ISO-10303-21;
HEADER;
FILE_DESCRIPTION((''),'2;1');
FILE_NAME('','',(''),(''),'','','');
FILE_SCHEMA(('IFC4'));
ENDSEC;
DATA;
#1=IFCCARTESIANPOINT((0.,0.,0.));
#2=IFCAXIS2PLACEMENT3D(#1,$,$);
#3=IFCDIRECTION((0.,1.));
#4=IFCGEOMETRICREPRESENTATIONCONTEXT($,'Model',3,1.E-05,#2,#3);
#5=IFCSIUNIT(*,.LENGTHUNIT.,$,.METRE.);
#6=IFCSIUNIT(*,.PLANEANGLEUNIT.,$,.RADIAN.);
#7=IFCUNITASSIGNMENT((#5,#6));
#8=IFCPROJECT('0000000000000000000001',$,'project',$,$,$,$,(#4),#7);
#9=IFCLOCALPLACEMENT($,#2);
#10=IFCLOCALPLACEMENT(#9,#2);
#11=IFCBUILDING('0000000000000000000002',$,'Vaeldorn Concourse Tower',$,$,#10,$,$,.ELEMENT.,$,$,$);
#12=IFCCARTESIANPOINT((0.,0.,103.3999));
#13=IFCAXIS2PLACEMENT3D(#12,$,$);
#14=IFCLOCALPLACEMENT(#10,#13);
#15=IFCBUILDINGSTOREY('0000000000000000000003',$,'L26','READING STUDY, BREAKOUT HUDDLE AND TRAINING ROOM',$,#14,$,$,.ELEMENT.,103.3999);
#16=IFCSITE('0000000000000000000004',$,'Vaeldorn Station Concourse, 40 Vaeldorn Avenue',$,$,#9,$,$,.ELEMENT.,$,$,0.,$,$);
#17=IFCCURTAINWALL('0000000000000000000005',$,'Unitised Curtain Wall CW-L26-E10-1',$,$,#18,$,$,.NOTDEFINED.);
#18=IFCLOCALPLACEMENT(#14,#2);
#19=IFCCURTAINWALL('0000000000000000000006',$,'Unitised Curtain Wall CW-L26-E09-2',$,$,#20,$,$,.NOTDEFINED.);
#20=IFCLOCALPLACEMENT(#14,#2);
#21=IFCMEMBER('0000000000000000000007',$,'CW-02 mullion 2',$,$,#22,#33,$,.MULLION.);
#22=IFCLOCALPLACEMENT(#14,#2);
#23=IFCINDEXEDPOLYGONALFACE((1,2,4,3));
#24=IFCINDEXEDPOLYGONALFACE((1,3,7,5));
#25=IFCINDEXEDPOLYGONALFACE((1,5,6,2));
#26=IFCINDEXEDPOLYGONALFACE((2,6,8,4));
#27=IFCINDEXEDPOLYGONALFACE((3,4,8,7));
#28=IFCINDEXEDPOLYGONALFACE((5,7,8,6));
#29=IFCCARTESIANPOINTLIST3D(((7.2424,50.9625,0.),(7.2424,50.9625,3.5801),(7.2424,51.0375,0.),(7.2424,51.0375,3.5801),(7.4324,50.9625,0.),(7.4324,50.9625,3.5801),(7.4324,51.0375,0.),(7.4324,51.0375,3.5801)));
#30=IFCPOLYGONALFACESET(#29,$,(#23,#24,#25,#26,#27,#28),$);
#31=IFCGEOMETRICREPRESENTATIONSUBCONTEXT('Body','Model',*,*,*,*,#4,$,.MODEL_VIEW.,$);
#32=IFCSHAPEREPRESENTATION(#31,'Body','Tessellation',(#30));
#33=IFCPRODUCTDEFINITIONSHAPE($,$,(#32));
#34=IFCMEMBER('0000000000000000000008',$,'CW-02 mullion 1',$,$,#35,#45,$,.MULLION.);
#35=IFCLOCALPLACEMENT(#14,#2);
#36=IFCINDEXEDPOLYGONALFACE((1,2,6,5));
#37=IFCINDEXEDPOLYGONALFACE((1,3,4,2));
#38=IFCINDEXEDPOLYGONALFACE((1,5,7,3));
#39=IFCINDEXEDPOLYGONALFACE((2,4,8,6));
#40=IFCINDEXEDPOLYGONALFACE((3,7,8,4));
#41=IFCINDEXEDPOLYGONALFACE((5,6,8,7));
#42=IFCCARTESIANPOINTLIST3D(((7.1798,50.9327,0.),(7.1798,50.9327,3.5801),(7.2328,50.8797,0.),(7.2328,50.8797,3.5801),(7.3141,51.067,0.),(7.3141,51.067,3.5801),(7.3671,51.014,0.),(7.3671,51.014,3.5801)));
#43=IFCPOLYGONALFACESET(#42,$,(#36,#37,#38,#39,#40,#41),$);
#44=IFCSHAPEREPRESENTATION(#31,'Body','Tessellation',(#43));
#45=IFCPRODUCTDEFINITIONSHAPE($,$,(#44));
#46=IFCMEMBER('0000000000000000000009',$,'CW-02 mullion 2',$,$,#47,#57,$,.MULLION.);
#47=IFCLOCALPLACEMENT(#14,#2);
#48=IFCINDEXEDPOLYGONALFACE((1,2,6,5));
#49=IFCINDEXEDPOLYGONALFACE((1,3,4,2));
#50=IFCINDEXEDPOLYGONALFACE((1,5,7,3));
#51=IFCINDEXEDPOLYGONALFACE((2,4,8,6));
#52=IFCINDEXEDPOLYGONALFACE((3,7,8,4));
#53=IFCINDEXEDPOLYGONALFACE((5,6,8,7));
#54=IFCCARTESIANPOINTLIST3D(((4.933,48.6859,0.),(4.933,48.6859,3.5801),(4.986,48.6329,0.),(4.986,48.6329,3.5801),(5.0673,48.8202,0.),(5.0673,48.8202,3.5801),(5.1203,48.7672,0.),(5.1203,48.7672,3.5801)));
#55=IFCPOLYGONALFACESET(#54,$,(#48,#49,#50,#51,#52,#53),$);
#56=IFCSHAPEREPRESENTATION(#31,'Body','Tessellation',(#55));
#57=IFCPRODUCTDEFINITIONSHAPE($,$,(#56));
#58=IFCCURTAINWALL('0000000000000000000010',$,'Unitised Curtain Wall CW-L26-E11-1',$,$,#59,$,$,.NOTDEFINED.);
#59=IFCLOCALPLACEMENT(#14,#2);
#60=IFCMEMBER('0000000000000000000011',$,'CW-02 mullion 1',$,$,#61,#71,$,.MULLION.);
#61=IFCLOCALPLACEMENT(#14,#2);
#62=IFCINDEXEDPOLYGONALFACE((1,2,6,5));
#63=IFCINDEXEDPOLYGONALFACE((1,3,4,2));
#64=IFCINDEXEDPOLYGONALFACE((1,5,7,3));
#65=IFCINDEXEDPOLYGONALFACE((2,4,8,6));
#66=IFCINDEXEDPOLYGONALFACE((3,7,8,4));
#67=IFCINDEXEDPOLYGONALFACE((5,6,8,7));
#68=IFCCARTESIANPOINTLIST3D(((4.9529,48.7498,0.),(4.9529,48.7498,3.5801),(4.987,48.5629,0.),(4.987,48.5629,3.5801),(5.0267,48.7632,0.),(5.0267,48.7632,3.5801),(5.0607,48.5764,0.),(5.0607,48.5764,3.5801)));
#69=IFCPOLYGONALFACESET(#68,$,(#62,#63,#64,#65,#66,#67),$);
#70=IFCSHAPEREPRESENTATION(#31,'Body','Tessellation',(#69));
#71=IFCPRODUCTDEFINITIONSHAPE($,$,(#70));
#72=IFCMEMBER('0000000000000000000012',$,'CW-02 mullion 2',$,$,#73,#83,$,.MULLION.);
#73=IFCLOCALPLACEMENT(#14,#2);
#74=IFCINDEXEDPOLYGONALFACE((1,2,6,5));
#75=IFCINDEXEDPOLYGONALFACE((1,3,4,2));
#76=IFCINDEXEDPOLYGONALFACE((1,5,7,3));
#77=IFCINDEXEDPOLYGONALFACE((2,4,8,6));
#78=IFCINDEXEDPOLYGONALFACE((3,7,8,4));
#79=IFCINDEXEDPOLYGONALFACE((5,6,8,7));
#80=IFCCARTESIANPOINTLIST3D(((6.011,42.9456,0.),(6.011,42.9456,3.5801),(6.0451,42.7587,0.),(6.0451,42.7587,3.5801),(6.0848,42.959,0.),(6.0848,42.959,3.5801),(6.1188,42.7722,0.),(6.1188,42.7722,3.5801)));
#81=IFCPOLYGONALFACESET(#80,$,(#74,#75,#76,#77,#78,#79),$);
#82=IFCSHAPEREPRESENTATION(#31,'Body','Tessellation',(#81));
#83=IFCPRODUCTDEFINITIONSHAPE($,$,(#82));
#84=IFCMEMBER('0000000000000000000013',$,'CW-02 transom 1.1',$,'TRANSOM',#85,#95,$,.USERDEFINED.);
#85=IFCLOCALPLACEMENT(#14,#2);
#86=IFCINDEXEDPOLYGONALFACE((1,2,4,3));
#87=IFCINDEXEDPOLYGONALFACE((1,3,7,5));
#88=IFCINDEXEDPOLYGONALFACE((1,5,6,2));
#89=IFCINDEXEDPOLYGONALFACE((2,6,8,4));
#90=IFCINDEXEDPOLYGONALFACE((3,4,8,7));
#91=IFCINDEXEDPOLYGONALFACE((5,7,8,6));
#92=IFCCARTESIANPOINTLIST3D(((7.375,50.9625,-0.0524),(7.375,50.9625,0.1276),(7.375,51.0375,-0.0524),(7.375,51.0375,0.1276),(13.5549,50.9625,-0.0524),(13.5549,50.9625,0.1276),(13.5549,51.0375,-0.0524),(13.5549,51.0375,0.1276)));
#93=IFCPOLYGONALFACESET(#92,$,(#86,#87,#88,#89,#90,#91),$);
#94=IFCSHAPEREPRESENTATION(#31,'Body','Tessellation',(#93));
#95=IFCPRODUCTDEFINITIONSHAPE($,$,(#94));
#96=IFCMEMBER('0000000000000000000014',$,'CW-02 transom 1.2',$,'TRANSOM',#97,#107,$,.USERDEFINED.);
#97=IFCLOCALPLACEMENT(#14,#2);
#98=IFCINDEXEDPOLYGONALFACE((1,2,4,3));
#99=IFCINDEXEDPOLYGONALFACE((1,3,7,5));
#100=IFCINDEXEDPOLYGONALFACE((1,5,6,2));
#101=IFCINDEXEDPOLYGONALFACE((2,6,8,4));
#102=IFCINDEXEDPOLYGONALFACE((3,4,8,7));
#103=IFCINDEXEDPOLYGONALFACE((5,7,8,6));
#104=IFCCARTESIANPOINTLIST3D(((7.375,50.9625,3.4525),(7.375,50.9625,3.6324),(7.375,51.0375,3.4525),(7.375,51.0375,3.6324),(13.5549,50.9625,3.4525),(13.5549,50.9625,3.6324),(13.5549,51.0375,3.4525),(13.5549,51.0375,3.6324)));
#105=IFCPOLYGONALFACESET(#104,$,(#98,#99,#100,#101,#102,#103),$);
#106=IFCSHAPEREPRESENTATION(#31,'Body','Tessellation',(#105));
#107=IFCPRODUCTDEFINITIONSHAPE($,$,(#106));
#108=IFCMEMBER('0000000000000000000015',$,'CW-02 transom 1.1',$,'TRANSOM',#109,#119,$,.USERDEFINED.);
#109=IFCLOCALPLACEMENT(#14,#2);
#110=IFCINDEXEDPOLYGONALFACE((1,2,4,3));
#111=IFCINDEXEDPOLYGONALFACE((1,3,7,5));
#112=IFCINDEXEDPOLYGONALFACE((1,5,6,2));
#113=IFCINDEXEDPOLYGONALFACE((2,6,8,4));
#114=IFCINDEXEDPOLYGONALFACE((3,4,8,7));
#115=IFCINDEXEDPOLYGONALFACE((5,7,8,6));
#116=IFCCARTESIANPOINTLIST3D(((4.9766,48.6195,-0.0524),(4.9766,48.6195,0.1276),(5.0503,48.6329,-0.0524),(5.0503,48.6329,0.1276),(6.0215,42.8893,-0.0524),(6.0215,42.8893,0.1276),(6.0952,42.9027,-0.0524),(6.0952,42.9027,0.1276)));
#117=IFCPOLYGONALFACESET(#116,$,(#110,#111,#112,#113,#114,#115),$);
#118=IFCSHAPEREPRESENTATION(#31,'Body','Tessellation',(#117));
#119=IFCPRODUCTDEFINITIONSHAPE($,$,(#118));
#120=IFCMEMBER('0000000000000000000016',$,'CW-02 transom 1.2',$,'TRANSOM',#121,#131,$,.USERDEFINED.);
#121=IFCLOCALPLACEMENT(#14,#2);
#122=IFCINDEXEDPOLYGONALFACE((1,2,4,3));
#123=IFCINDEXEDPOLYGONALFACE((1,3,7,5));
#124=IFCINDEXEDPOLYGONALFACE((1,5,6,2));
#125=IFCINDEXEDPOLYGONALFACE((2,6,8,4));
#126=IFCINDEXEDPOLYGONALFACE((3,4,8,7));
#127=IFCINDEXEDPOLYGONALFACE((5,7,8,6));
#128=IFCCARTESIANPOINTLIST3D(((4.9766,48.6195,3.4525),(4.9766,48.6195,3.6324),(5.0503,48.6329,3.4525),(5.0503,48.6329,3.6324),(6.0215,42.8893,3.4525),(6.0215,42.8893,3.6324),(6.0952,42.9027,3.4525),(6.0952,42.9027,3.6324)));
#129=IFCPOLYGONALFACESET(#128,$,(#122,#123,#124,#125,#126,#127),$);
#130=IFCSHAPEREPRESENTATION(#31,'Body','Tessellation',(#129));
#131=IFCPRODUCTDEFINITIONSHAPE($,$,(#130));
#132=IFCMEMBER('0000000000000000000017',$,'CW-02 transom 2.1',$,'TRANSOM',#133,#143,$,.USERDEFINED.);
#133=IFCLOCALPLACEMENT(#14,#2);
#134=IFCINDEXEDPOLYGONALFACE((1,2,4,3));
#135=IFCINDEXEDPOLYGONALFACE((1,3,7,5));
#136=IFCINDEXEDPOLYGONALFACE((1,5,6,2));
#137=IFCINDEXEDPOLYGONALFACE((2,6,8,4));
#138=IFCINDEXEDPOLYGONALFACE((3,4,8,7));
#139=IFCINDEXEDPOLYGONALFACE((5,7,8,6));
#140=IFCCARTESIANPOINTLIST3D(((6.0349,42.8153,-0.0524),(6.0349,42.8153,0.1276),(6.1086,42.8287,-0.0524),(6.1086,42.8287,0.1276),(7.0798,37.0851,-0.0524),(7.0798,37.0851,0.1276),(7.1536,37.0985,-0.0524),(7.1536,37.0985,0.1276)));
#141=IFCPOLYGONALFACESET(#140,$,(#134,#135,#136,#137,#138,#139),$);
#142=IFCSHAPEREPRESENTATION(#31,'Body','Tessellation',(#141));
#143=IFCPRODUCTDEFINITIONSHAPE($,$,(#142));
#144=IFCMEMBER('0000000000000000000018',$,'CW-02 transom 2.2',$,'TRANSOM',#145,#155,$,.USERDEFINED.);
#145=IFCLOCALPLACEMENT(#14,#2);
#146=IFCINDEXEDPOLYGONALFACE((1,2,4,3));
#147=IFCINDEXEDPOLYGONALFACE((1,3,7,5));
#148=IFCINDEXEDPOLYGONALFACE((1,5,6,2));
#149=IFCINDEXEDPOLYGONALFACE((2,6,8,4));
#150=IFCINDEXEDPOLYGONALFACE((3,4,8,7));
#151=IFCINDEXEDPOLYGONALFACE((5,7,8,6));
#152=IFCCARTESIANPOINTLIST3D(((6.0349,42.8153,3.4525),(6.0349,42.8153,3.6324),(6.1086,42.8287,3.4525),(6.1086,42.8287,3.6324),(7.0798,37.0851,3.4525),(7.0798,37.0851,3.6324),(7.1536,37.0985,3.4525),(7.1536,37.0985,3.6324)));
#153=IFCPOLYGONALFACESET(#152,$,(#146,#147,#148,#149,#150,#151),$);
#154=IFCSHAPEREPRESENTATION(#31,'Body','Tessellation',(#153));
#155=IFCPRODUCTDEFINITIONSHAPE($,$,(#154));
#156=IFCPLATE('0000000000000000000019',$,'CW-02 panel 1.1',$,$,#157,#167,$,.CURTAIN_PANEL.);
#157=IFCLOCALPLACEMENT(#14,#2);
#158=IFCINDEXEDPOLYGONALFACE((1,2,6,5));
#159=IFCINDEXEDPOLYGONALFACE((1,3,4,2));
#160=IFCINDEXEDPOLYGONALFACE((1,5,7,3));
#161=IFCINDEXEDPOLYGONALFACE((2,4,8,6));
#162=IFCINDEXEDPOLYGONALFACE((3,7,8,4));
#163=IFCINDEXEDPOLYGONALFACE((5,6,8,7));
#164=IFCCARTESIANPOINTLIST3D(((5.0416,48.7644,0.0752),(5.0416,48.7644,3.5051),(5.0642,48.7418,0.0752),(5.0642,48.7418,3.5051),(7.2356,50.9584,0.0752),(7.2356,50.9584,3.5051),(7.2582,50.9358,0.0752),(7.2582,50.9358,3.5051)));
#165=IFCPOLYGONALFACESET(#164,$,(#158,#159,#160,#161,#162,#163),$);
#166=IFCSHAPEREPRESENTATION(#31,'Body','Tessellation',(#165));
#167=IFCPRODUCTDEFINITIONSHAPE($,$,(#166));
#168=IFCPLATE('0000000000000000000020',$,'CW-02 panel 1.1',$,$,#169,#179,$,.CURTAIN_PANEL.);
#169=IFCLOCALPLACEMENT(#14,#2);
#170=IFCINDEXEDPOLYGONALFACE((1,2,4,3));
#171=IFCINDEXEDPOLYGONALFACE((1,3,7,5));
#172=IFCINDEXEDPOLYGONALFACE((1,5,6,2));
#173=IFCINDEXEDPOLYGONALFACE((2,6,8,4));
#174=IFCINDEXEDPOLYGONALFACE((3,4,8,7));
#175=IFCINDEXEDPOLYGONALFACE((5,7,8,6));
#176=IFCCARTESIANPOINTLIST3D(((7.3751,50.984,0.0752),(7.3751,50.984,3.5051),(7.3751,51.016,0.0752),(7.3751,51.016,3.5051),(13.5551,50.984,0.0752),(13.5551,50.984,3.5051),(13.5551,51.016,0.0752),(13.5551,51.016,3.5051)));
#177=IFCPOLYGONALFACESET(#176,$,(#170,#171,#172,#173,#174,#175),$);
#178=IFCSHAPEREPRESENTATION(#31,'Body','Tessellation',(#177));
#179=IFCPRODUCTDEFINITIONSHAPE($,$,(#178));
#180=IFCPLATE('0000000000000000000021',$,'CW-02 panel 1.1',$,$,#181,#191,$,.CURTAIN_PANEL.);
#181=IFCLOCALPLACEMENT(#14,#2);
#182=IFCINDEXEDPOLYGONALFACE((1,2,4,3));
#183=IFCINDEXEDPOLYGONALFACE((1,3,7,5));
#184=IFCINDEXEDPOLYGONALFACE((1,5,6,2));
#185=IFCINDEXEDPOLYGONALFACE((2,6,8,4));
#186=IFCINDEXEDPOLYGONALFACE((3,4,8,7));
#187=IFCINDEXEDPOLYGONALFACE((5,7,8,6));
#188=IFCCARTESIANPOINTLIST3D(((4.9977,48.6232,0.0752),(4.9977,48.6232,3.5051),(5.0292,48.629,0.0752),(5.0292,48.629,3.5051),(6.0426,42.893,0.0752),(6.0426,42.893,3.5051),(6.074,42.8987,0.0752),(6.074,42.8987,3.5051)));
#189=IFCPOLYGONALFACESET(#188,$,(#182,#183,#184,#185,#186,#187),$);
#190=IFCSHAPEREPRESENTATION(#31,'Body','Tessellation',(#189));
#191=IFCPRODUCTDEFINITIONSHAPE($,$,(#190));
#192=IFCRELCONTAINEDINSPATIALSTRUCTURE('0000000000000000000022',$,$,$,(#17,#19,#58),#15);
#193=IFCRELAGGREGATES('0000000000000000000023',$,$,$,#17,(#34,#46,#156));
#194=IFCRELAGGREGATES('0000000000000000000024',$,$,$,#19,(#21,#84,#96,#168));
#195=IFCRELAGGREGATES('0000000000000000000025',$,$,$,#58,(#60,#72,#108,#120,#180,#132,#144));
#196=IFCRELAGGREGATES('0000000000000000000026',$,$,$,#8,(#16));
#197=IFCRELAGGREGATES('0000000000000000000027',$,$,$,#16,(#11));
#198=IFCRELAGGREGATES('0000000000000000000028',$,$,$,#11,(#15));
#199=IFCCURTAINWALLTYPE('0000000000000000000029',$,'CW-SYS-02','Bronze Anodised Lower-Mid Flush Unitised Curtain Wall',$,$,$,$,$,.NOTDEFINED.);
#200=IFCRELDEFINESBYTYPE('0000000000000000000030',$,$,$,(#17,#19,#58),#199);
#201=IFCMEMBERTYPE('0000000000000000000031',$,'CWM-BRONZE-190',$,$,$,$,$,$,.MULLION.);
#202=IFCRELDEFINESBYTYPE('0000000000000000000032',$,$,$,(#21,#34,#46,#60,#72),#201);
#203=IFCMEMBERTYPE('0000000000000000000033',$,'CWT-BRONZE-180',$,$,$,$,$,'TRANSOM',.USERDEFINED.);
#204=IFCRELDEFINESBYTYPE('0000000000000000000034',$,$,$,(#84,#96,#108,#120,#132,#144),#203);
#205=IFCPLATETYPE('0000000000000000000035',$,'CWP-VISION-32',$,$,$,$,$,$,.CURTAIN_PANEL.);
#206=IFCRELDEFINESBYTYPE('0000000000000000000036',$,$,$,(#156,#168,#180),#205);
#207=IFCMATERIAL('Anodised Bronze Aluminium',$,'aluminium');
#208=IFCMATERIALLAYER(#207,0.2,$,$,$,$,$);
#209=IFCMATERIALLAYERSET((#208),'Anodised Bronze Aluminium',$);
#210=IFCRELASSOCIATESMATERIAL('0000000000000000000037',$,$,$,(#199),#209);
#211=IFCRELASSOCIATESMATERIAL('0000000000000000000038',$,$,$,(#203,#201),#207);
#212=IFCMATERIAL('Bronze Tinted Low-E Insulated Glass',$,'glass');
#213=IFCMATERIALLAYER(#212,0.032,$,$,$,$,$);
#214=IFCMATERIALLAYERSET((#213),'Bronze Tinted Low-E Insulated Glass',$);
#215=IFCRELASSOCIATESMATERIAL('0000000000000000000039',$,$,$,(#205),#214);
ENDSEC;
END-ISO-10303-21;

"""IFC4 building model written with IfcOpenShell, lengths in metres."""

from ifc_helpers import new_model, si_unit, direction, frame, origin, origin_2d, place, context, subcontext, project, spatial, rectangle, extrude, source, transform, mapped, material, layer, layer_set, material_profile, profile_set, type_object, element, aggregate, save


model = new_model("IFC4")

# Units and contexts
model_context = context("Model", 3, precision=1e-05, world=origin(), true_north=direction((0.0, 1.0)))
body_context = subcontext(model_context, "Body", "Model", "MODEL_VIEW")
ifc_project = project(units=[si_unit("LENGTHUNIT", "METRE"), si_unit("PLANEANGLEUNIT", "RADIAN")], contexts=[model_context])

# Site, building, storey
site_placement = place(None, origin())
site = spatial("IfcSite", under=ifc_project, at=site_placement, Name="Vaeldorn Station Concourse, 40 Vaeldorn Avenue", CompositionType="ELEMENT", RefElevation=0.0)
building_placement = place(site_placement, origin())
building = spatial("IfcBuilding", under=site, at=building_placement, Name="Vaeldorn Concourse Tower", CompositionType="ELEMENT")
storey_placement = place(building_placement, frame((0.0, 0.0, 103.3999)))
storey = spatial("IfcBuildingStorey", under=building, at=storey_placement, Name="L26", Description="READING STUDY, BREAKOUT HUDDLE AND TRAINING ROOM", CompositionType="ELEMENT", Elevation=103.3999)

# Curtain walls, member
ifc_material_1 = material(Name="Anodised Bronze Aluminium", Category="aluminium")
ifc_layer_1 = layer(ifc_material_1, 0.2)
ifc_layer_set_1 = layer_set([ifc_layer_1], Name="Anodised Bronze Aluminium")
curtain_wall_type = type_object("IfcCurtainWallType", Name="CW-SYS-02", Description="Bronze Anodised Lower-Mid Flush Unitised Curtain Wall", PredefinedType="NOTDEFINED", material=ifc_layer_set_1)
curtain_wall_1_placement = place(storey_placement, origin())
curtain_wall_1 = element("IfcCurtainWall", 1, at=curtain_wall_1_placement, inside=storey, type_object=curtain_wall_type, Name="Unitised Curtain Wall CW-L26-E10-1", PredefinedType="NOTDEFINED")
ifc_material_profile_1 = material_profile(ifc_material_1, rectangle(XDim=0.075, YDim=0.1799, at=origin_2d()), Name="CWT 75x180")
ifc_profile_set_1 = profile_set([ifc_material_profile_1], Name="Anodised Bronze Aluminium")
member_type_1 = type_object("IfcMemberType", Name="CWT-BRONZE-180", ElementType="TRANSOM", PredefinedType="USERDEFINED", material=ifc_profile_set_1)
curtain_wall_2_placement = place(storey_placement, origin())
curtain_wall_2 = element("IfcCurtainWall", 2, at=curtain_wall_2_placement, inside=storey, type_object=curtain_wall_type, Name="Unitised Curtain Wall CW-L26-E09-2", PredefinedType="NOTDEFINED")
ifc_material_profile_2 = material_profile(ifc_material_1, rectangle(XDim=0.075, YDim=0.1899, at=origin_2d()), Name="CWM 75x190")
ifc_profile_set_2 = profile_set([ifc_material_profile_2], Name="Anodised Bronze Aluminium")
member_type_2 = type_object("IfcMemberType", Name="CWM-BRONZE-190", PredefinedType="MULLION", material=ifc_profile_set_2)
shared_shape_1 = source(origin(), body_context, "Body", "SweptSolid", [
    extrude(rectangle(XDim=0.075, YDim=0.1899, at=origin_2d()), origin(), (0.0, 0.0, 1.0), 3.5801),
])
member_1_placement = place(storey_placement, frame((7.3374, 51.0, 0.0), z_axis=(0.0, 0.0, 1.0), x_axis=(0.0, -1.0, 0.0)))
member_1 = element("IfcMember", 3, at=member_1_placement, type_object=member_type_2, Name="CW-02 mullion 2", PredefinedType="MULLION", context=body_context, shape_type="MappedRepresentation", body=[
    mapped(shared_shape_1, transform((0.0, 0.0, 0.0), scale=1.0)),
])

# Members
member_2_placement = place(storey_placement, frame((7.2734, 50.9734, 0.0), z_axis=(0.0, 0.0, 1.0), x_axis=(0.707107, -0.707107, 0.0)))
member_2 = element("IfcMember", 4, at=member_2_placement, type_object=member_type_2, Name="CW-02 mullion 1", PredefinedType="MULLION", context=body_context, shape_type="MappedRepresentation", body=[
    mapped(shared_shape_1, transform((0.0, 0.0, 0.0), scale=1.0)),
])
member_3_placement = place(storey_placement, frame((5.0266, 48.7266, 0.0), z_axis=(0.0, 0.0, 1.0), x_axis=(0.707107, -0.707107, 0.0)))
member_3 = element("IfcMember", 5, at=member_3_placement, type_object=member_type_2, Name="CW-02 mullion 2", PredefinedType="MULLION", context=body_context, shape_type="MappedRepresentation", body=[
    mapped(shared_shape_1, transform((0.0, 0.0, 0.0), scale=1.0)),
])

# Curtain wall, members
curtain_wall_3_placement = place(storey_placement, origin())
curtain_wall_3 = element("IfcCurtainWall", 6, at=curtain_wall_3_placement, inside=storey, type_object=curtain_wall_type, Name="Unitised Curtain Wall CW-L26-E11-1", PredefinedType="NOTDEFINED")
member_4_placement = place(storey_placement, frame((5.0068, 48.6631, 0.0), z_axis=(0.0, 0.0, 1.0), x_axis=(0.983779, 0.179383, 0.0)))
member_4 = element("IfcMember", 7, at=member_4_placement, type_object=member_type_2, Name="CW-02 mullion 1", PredefinedType="MULLION", context=body_context, shape_type="MappedRepresentation", body=[
    mapped(shared_shape_1, transform((0.0, 0.0, 0.0), scale=1.0)),
])
member_5_placement = place(storey_placement, frame((6.0649, 42.8589, 0.0), z_axis=(0.0, 0.0, 1.0), x_axis=(0.983779, 0.179383, 0.0)))
member_5 = element("IfcMember", 8, at=member_5_placement, type_object=member_type_2, Name="CW-02 mullion 2", PredefinedType="MULLION", context=body_context, shape_type="MappedRepresentation", body=[
    mapped(shared_shape_1, transform((0.0, 0.0, 0.0), scale=1.0)),
])

# Members
shared_shape_2 = source(origin(), body_context, "Body", "SweptSolid", [
    extrude(rectangle(XDim=0.075, YDim=0.1799, at=origin_2d()), origin(), (0.0, 0.0, 1.0), 6.1799),
])
member_6_placement = place(storey_placement, frame((13.5549, 51.0, 0.0376), z_axis=(-1.0, 0.0, 0.0), x_axis=(0.0, -1.0, 0.0)))
member_6 = element("IfcMember", 9, at=member_6_placement, type_object=member_type_1, Name="CW-02 transom 1.1", ObjectType="TRANSOM", PredefinedType="USERDEFINED", context=body_context, shape_type="MappedRepresentation", body=[
    mapped(shared_shape_2, transform((0.0, 0.0, 0.0), scale=1.0)),
])
member_7_placement = place(storey_placement, frame((13.5549, 51.0, 3.5425), z_axis=(-1.0, 0.0, 0.0), x_axis=(0.0, -1.0, 0.0)))
member_7 = element("IfcMember", 10, at=member_7_placement, type_object=member_type_1, Name="CW-02 transom 1.2", ObjectType="TRANSOM", PredefinedType="USERDEFINED", context=body_context, shape_type="MappedRepresentation", body=[
    mapped(shared_shape_2, transform((0.0, 0.0, 0.0), scale=1.0)),
])
shared_shape_3 = source(origin(), body_context, "Body", "SweptSolid", [
    extrude(rectangle(XDim=0.075, YDim=0.1799, at=origin_2d()), origin(), (0.0, 0.0, 1.0), 5.8247),
])
member_8_placement = place(storey_placement, frame((5.0134, 48.6262, 0.0376), z_axis=(0.179394, -0.983777, 0.0), x_axis=(0.983777, 0.179394, 0.0)))
member_8 = element("IfcMember", 11, at=member_8_placement, type_object=member_type_1, Name="CW-02 transom 1.1", ObjectType="TRANSOM", PredefinedType="USERDEFINED", context=body_context, shape_type="MappedRepresentation", body=[
    mapped(shared_shape_3, transform((0.0, 0.0, 0.0), scale=1.0)),
])
member_9_placement = place(storey_placement, frame((5.0134, 48.6262, 3.5425), z_axis=(0.179394, -0.983777, 0.0), x_axis=(0.983777, 0.179394, 0.0)))
member_9 = element("IfcMember", 12, at=member_9_placement, type_object=member_type_1, Name="CW-02 transom 1.2", ObjectType="TRANSOM", PredefinedType="USERDEFINED", context=body_context, shape_type="MappedRepresentation", body=[
    mapped(shared_shape_3, transform((0.0, 0.0, 0.0), scale=1.0)),
])
member_10_placement = place(storey_placement, frame((6.0718, 42.822, 0.0376), z_axis=(0.179394, -0.983777, 0.0), x_axis=(0.983777, 0.179394, 0.0)))
member_10 = element("IfcMember", 13, at=member_10_placement, type_object=member_type_1, Name="CW-02 transom 2.1", ObjectType="TRANSOM", PredefinedType="USERDEFINED", context=body_context, shape_type="MappedRepresentation", body=[
    mapped(shared_shape_3, transform((0.0, 0.0, 0.0), scale=1.0)),
])
member_11_placement = place(storey_placement, frame((6.0718, 42.822, 3.5425), z_axis=(0.179394, -0.983777, 0.0), x_axis=(0.983777, 0.179394, 0.0)))
member_11 = element("IfcMember", 14, at=member_11_placement, type_object=member_type_1, Name="CW-02 transom 2.2", ObjectType="TRANSOM", PredefinedType="USERDEFINED", context=body_context, shape_type="MappedRepresentation", body=[
    mapped(shared_shape_3, transform((0.0, 0.0, 0.0), scale=1.0)),
])

# Plates
ifc_material_2 = material(Name="Bronze Tinted Low-E Insulated Glass", Category="glass")
ifc_layer_2 = layer(ifc_material_2, 0.032)
ifc_layer_set_2 = layer_set([ifc_layer_2], Name="Bronze Tinted Low-E Insulated Glass")
plate_type = type_object("IfcPlateType", Name="CWP-VISION-32", PredefinedType="CURTAIN_PANEL", material=ifc_layer_set_2)
shared_shape_4 = source(origin(), body_context, "Body", "SweptSolid", [
    extrude(rectangle(XDim=3.1028, YDim=0.032, at=origin_2d()), origin(), (0.0, 0.0, 1.0), 3.4299),
])
plate_1_placement = place(storey_placement, frame((6.1499, 49.8501, 0.0752), z_axis=(0.0, 0.0, 1.0), x_axis=(-0.707107, -0.707107, 0.0)))
plate_1 = element("IfcPlate", 15, at=plate_1_placement, type_object=plate_type, Name="CW-02 panel 1.1", PredefinedType="CURTAIN_PANEL", context=body_context, shape_type="MappedRepresentation", body=[
    mapped(shared_shape_4, transform((0.0, 0.0, 0.0), scale=1.0)),
])
aggregate(curtain_wall_1, [member_2, member_3, plate_1])
shared_shape_5 = source(origin(), body_context, "Body", "SweptSolid", [
    extrude(rectangle(XDim=6.1799, YDim=0.032, at=origin_2d()), origin(), (0.0, 0.0, 1.0), 3.4299),
])
plate_2_placement = place(storey_placement, frame((10.4651, 51.0, 0.0752), z_axis=(0.0, 0.0, 1.0), x_axis=(-1.0, 0.0, 0.0)))
plate_2 = element("IfcPlate", 16, at=plate_2_placement, type_object=plate_type, Name="CW-02 panel 1.1", PredefinedType="CURTAIN_PANEL", context=body_context, shape_type="MappedRepresentation", body=[
    mapped(shared_shape_5, transform((0.0, 0.0, 0.0), scale=1.0)),
])
aggregate(curtain_wall_2, [member_1, member_6, member_7, plate_2])
shared_shape_6 = source(origin(), body_context, "Body", "SweptSolid", [
    extrude(rectangle(XDim=5.8247, YDim=0.032, at=origin_2d()), origin(), (0.0, 0.0, 1.0), 3.4299),
])
plate_3_placement = place(storey_placement, frame((5.5359, 45.761, 0.0752), z_axis=(0.0, 0.0, 1.0), x_axis=(0.179383, -0.983779, 0.0)))
plate_3 = element("IfcPlate", 17, at=plate_3_placement, type_object=plate_type, Name="CW-02 panel 1.1", PredefinedType="CURTAIN_PANEL", context=body_context, shape_type="MappedRepresentation", body=[
    mapped(shared_shape_6, transform((0.0, 0.0, 0.0), scale=1.0)),
])
aggregate(curtain_wall_3, [member_4, member_5, member_8, member_9, plate_3, member_10, member_11])

save(model, "model.ifc")
